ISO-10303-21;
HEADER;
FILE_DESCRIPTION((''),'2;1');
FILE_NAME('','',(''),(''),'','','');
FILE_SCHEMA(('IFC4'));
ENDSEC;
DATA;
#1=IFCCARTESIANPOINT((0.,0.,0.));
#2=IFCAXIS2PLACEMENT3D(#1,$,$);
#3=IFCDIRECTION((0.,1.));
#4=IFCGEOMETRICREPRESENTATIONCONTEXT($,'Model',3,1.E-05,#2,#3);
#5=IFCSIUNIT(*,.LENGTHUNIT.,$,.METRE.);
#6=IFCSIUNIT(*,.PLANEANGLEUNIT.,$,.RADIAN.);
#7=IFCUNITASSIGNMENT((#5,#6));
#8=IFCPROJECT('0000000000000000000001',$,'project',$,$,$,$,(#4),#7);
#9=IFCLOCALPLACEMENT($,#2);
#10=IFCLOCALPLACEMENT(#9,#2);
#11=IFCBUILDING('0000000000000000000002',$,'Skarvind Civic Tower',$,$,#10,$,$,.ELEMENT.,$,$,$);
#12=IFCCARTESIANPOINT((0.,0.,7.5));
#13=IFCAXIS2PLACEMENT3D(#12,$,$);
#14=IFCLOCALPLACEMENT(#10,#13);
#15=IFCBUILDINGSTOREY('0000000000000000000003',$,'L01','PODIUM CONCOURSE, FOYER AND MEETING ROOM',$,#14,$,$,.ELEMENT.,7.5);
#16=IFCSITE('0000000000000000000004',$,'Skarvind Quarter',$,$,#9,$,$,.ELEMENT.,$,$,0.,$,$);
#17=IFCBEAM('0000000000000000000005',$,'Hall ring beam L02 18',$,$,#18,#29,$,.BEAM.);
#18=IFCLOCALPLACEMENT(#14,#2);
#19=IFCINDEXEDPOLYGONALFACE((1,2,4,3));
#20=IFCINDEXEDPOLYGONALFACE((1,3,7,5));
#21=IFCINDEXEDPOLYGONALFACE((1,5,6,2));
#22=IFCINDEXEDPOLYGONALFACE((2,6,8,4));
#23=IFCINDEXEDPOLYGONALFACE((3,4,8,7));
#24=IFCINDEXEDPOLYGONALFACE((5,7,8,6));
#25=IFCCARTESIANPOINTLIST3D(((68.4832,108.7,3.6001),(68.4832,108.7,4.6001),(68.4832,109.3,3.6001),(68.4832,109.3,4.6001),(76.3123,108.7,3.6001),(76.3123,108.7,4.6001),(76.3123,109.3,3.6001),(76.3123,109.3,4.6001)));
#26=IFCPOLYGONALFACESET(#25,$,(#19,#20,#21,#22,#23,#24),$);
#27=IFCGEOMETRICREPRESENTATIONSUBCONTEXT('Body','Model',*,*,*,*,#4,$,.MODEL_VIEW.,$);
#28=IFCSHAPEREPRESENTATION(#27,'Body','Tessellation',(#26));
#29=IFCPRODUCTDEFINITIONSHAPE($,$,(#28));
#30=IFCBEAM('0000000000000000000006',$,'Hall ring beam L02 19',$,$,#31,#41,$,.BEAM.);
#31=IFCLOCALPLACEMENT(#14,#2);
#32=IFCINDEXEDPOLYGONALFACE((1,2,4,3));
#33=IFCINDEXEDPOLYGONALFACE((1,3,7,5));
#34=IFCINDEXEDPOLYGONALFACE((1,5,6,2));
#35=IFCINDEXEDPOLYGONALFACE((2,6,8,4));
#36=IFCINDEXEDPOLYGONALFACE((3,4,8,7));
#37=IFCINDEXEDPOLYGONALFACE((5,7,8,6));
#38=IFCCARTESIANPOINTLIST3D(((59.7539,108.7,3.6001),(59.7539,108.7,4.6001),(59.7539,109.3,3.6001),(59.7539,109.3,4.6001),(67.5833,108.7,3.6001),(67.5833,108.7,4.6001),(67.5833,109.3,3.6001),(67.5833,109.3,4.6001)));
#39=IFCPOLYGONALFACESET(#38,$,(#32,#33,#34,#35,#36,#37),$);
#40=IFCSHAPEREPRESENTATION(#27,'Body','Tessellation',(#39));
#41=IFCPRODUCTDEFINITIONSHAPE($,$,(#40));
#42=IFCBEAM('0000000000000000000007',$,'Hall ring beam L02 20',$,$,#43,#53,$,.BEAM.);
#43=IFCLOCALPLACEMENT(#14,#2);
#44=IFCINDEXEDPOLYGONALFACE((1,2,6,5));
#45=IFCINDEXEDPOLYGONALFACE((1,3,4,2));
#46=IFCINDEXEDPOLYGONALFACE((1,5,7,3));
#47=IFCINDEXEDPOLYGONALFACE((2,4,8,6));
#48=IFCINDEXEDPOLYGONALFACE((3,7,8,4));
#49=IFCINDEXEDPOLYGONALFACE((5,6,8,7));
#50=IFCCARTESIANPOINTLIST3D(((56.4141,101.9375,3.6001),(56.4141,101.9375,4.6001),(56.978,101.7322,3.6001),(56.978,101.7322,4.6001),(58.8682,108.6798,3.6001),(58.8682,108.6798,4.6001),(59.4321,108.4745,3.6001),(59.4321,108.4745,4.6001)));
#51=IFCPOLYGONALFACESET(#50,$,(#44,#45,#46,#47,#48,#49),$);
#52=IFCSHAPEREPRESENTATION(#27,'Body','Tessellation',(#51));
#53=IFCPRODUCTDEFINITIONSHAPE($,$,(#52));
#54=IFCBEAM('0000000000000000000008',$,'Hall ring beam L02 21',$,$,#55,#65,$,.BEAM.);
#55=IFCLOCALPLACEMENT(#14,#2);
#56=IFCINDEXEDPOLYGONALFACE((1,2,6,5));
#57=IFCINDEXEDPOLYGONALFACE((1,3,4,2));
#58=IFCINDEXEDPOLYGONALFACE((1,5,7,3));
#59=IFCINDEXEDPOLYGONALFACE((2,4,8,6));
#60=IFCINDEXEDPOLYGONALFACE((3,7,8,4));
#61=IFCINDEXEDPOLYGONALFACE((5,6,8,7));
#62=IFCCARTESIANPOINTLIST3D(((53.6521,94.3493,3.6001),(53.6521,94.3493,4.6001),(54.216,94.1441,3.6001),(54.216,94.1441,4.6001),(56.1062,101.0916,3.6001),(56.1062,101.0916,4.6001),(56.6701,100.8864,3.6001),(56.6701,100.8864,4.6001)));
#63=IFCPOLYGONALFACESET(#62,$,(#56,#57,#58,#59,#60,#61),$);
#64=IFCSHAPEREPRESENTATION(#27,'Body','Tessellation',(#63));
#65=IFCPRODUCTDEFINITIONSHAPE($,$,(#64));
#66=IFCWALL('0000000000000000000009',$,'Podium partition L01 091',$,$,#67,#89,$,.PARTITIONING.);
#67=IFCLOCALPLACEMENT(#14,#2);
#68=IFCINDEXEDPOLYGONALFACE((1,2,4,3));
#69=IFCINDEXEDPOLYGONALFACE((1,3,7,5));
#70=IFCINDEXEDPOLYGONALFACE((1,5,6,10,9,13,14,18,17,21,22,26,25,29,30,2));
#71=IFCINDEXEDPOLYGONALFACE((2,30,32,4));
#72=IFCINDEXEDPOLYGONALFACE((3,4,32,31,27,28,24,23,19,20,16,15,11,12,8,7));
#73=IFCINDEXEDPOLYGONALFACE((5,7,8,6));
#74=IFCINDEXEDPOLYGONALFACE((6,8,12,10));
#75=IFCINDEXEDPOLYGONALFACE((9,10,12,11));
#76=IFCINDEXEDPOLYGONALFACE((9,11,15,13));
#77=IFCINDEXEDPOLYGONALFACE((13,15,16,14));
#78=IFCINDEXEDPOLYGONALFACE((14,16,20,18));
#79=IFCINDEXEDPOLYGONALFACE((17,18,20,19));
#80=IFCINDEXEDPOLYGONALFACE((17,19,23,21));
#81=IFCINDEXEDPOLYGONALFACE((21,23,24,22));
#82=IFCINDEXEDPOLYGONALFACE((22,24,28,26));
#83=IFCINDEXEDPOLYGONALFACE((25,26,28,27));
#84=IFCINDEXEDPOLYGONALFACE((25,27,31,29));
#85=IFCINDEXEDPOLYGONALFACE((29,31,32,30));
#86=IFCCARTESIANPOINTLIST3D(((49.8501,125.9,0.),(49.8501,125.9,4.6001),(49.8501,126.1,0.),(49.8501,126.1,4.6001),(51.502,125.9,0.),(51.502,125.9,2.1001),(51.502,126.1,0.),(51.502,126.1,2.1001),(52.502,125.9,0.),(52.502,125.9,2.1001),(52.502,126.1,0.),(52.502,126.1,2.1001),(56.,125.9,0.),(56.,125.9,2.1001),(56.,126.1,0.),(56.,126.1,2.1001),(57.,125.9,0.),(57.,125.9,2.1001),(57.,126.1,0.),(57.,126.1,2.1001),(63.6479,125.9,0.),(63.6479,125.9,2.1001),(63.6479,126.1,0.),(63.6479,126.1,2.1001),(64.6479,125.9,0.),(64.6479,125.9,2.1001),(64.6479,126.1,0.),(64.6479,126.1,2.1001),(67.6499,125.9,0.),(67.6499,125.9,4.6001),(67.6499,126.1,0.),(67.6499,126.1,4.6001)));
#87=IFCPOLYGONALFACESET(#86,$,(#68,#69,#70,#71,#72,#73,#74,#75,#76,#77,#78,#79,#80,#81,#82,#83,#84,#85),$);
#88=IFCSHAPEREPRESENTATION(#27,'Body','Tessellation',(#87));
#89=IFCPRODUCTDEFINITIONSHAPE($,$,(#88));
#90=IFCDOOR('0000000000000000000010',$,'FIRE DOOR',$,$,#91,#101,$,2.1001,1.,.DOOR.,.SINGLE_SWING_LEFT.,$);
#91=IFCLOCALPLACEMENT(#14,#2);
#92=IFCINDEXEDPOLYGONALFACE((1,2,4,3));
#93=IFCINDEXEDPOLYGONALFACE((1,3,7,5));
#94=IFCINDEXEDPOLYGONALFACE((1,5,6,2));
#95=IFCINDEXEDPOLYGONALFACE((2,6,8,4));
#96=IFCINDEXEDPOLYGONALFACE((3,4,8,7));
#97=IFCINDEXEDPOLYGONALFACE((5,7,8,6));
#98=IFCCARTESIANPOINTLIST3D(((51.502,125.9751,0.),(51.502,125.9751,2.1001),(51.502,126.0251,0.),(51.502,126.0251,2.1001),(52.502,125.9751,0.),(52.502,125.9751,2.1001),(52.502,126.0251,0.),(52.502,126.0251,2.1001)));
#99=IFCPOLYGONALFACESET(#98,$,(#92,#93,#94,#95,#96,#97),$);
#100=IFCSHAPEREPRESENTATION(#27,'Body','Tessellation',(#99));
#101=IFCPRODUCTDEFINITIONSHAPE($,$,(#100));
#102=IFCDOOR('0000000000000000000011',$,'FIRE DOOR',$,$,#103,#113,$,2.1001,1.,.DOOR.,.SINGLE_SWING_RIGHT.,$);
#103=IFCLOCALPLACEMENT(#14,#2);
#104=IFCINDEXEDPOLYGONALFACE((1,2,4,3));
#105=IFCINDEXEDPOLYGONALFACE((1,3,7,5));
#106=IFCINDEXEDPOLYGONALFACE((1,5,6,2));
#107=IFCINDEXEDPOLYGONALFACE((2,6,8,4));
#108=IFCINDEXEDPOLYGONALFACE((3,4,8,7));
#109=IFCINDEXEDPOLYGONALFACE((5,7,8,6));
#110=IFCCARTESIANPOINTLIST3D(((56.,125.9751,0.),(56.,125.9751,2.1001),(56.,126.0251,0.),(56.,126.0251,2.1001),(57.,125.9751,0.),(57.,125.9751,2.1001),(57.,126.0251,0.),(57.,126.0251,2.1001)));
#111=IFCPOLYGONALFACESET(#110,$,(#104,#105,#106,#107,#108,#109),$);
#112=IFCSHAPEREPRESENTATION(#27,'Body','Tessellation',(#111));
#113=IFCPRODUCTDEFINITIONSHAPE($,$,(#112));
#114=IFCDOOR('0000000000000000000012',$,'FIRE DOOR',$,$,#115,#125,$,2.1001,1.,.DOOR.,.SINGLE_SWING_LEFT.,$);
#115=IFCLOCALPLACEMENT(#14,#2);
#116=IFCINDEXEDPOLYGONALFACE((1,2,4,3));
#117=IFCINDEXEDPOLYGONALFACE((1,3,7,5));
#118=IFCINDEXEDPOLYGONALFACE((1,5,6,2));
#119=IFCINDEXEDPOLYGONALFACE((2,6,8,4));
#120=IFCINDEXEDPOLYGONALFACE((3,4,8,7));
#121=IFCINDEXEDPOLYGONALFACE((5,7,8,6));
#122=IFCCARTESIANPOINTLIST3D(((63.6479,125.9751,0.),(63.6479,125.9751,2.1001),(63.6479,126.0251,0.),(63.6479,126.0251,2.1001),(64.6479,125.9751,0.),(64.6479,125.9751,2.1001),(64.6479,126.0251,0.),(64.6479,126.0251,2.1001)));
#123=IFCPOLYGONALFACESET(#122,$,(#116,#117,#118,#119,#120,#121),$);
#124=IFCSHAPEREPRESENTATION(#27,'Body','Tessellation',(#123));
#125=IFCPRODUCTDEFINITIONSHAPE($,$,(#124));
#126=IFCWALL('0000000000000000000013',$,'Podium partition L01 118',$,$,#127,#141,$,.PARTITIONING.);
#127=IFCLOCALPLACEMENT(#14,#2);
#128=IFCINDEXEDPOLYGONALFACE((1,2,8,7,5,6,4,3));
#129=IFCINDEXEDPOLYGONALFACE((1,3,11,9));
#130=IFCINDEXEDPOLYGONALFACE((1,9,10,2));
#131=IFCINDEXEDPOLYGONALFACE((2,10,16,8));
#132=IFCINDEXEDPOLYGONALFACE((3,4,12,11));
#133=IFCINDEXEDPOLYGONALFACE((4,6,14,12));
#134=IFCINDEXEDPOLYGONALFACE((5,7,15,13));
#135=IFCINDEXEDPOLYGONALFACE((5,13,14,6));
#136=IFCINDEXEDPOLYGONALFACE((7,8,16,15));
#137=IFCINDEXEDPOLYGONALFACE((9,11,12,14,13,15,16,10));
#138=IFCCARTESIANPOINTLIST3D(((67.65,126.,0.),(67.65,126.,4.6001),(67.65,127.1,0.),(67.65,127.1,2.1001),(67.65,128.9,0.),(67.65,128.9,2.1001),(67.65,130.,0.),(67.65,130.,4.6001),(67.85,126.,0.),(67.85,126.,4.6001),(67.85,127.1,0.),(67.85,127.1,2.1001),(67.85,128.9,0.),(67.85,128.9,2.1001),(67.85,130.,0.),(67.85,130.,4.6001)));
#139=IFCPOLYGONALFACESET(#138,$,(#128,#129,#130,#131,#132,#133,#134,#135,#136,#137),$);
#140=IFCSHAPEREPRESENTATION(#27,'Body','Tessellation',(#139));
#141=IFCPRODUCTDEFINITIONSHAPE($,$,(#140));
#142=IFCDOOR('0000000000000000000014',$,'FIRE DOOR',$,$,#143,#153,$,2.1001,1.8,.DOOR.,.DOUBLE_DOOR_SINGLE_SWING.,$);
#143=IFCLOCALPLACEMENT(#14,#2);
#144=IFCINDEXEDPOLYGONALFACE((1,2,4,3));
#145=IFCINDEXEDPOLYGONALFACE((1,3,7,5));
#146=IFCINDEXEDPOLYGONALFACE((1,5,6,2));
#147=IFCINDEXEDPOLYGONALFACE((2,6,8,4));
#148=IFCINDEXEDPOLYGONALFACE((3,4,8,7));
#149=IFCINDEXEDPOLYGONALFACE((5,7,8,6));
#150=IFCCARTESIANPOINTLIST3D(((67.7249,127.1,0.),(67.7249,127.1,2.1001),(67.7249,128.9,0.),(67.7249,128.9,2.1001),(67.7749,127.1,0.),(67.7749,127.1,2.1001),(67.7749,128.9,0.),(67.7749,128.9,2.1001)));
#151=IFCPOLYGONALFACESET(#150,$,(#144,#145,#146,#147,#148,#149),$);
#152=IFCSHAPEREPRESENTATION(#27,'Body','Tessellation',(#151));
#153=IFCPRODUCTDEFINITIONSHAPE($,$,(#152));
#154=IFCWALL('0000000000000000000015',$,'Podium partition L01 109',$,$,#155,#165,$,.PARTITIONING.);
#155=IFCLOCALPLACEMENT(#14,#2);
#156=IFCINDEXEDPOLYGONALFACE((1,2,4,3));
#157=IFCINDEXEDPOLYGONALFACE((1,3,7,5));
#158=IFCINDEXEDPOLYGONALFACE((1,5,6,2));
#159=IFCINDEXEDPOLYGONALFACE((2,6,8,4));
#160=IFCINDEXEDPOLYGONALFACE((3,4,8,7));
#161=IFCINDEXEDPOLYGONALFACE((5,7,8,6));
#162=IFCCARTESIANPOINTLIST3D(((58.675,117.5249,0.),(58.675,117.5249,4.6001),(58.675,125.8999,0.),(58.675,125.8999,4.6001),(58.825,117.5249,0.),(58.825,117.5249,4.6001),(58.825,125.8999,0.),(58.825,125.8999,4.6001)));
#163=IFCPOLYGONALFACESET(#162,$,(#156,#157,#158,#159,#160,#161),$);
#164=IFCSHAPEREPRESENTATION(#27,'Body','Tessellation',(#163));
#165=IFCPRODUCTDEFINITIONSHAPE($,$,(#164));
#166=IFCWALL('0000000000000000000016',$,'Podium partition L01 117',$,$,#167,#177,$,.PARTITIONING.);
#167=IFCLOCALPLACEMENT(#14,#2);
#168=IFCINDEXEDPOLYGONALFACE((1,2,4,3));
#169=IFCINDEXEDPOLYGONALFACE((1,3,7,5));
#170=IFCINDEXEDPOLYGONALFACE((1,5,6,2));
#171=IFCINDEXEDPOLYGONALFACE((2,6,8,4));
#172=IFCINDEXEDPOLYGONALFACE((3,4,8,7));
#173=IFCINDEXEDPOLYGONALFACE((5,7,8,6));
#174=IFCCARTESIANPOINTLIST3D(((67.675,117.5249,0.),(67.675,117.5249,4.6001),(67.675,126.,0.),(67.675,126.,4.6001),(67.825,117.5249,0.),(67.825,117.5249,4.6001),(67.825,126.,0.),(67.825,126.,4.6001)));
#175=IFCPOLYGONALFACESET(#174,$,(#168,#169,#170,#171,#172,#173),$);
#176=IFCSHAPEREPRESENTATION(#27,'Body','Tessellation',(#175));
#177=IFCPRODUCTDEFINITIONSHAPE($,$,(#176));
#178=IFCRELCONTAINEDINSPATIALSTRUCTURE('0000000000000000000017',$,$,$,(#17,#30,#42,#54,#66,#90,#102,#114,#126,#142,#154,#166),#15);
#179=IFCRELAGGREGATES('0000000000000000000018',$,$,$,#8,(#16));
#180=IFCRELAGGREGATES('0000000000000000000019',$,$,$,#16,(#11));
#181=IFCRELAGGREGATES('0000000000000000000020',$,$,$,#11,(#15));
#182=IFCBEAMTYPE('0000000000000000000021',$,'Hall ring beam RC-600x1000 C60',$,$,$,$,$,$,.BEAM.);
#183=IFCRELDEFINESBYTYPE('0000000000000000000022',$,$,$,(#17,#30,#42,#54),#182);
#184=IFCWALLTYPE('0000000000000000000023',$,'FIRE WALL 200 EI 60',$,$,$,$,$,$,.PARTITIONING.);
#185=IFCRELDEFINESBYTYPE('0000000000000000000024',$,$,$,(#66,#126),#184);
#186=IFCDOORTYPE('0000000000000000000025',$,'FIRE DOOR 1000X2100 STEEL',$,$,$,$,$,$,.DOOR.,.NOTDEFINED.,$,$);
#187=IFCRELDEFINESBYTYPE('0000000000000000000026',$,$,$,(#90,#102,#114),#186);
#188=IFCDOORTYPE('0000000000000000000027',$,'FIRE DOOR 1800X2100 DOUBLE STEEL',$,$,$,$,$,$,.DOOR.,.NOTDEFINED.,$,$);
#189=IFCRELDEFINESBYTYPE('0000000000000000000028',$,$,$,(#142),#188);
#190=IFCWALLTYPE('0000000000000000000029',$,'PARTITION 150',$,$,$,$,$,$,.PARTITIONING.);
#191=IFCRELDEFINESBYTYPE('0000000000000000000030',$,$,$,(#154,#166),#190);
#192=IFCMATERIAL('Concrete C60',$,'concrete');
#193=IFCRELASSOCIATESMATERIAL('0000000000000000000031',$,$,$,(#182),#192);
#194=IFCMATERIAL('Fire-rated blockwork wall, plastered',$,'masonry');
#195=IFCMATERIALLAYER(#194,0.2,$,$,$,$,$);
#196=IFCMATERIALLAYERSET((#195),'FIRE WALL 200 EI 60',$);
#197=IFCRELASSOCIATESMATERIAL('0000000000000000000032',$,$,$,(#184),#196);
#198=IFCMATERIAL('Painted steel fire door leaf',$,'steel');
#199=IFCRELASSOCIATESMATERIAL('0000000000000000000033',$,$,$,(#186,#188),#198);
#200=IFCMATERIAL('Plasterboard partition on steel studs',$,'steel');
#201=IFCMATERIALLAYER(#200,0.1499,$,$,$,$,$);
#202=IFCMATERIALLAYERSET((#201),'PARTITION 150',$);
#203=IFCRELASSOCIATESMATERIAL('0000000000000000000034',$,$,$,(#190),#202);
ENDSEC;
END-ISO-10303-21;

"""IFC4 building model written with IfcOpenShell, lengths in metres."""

from ifc_helpers import new_model, si_unit, direction, frame, frame_2d, origin, origin_2d, place, context, subcontext, project, spatial, rectangle, extrude, material, layer, layer_set, material_profile, profile_set, type_object, element, fill, save


model = new_model("IFC4")

# Units and contexts
model_context = context("Model", 3, precision=1e-05, world=origin(), true_north=direction((0.0, 1.0)))
body_context = subcontext(model_context, "Body", "Model", "MODEL_VIEW")
ifc_project = project(units=[si_unit("LENGTHUNIT", "METRE"), si_unit("PLANEANGLEUNIT", "RADIAN")], contexts=[model_context])

# Site, building, storey
site_placement = place(None, origin())
site = spatial("IfcSite", under=ifc_project, at=site_placement, Name="Skarvind Quarter", CompositionType="ELEMENT", RefElevation=0.0)
building_placement = place(site_placement, origin())
building = spatial("IfcBuilding", under=site, at=building_placement, Name="Skarvind Civic Tower", CompositionType="ELEMENT")
storey_placement = place(building_placement, frame((0.0, 0.0, 7.5)))
storey = spatial("IfcBuildingStorey", under=building, at=storey_placement, Name="L01", Description="PODIUM CONCOURSE, FOYER AND MEETING ROOM", CompositionType="ELEMENT", Elevation=7.5)

# Shared definitions
ifc_material_1 = material(Name="Concrete C60", Category="concrete")

# Beams
ifc_material_profile_1 = material_profile(ifc_material_1, rectangle(XDim=0.6001, YDim=1.0, at=origin_2d()), Name="RC-600x1000")
ifc_profile_set_1 = profile_set([ifc_material_profile_1], Name="Concrete C60")
beam_type = type_object("IfcBeamType", Name="Hall ring beam RC-600x1000 C60", PredefinedType="BEAM", material=ifc_profile_set_1)
for number, where, z_axis, x_axis, name in (
    (1, (76.3123, 109.0, 4.1001), (-1.0, 0.0, 0.0), (0.0, -1.0, 0.0), "Hall ring beam L02 18"),
):
    element("IfcBeam", number, at=place(storey_placement, frame(where, z_axis=z_axis, x_axis=x_axis)), inside=storey, type_object=beam_type, Name=name, PredefinedType="BEAM", context=body_context, shape_type="SweptSolid", body=[
        extrude(rectangle(XDim=0.6001, YDim=1.0, at=origin_2d()), origin(), (0.0, 0.0, 1.0), 7.8291),
    ])
beam_placement = place(storey_placement, frame((67.5833, 109.0, 4.1001), z_axis=(-1.0, 0.0, 0.0), x_axis=(0.0, -1.0, 0.0)))
element("IfcBeam", 2, at=beam_placement, inside=storey, type_object=beam_type, Name="Hall ring beam L02 19", PredefinedType="BEAM", context=body_context, shape_type="SweptSolid", body=[
    extrude(rectangle(XDim=0.6001, YDim=1.0, at=origin_2d()), origin(), (0.0, 0.0, 1.0), 7.8293),
])
for number, where, z_axis, x_axis, name in (
    (3, (59.1501, 108.5771, 4.1001), (-0.342027, -0.93969, 0.0), (0.93969, -0.342027, 0.0), "Hall ring beam L02 20"),
    (4, (56.3882, 100.989, 4.1001), (-0.342038, -0.939686, 0.0), (0.939686, -0.342038, 0.0), "Hall ring beam L02 21"),
):
    element("IfcBeam", number, at=place(storey_placement, frame(where, z_axis=z_axis, x_axis=x_axis)), inside=storey, type_object=beam_type, Name=name, PredefinedType="BEAM", context=body_context, shape_type="SweptSolid", body=[
        extrude(rectangle(XDim=0.6001, YDim=1.0, at=origin_2d()), origin(), (0.0, 0.0, 1.0), 7.175),
    ])

# Wall, openings, doors
ifc_material_2 = material(Name="Fire-rated blockwork wall, plastered", Category="masonry")
ifc_layer_1 = layer(ifc_material_2, 0.2)
ifc_layer_set_1 = layer_set([ifc_layer_1], Name="FIRE WALL 200 EI 60")
wall_type_1 = type_object("IfcWallType", Name="FIRE WALL 200 EI 60", PredefinedType="PARTITIONING", material=ifc_layer_set_1)
wall_1_placement = place(storey_placement, frame((67.6499, 126.0, 0.0), z_axis=(0.0, 0.0, 1.0), x_axis=(-1.0, 0.0, 0.0)))
wall_1 = element("IfcWall", 5, at=wall_1_placement, inside=storey, type_object=wall_type_1, Name="Podium partition L01 091", PredefinedType="PARTITIONING", context=body_context, shape_type="SweptSolid", body=[
    extrude(rectangle(XDim=17.7998, YDim=0.2, at=frame_2d((8.8999, 0.0))), origin(), (0.0, 0.0, 1.0), 4.6001),
])
opening_1_placement = place(wall_1_placement, frame((15.1479, 0.0, 0.0)))
opening_1 = element("IfcOpeningElement", 6, at=opening_1_placement, cuts=wall_1, PredefinedType="OPENING", context=body_context, shape_type="SweptSolid", body=[
    extrude(rectangle(XDim=1.0, YDim=2.1001, at=frame_2d((0.5, 1.05))), frame((0.0, 0.1099, 0.0), z_axis=(0.0, -1.0, 0.0), x_axis=(1.0, 0.0, 0.0)), (0.0, 0.0, 1.0), 0.22),
])
opening_2_placement = place(wall_1_placement, frame((10.6499, 0.0, 0.0)))
opening_2 = element("IfcOpeningElement", 7, at=opening_2_placement, cuts=wall_1, PredefinedType="OPENING", context=body_context, shape_type="SweptSolid", body=[
    extrude(rectangle(XDim=1.0, YDim=2.1001, at=frame_2d((0.5, 1.05))), frame((0.0, 0.1099, 0.0), z_axis=(0.0, -1.0, 0.0), x_axis=(1.0, 0.0, 0.0)), (0.0, 0.0, 1.0), 0.22),
])
opening_3_placement = place(wall_1_placement, frame((3.002, 0.0, 0.0)))
opening_3 = element("IfcOpeningElement", 8, at=opening_3_placement, cuts=wall_1, PredefinedType="OPENING", context=body_context, shape_type="SweptSolid", body=[
    extrude(rectangle(XDim=1.0, YDim=2.1001, at=frame_2d((0.5, 1.05))), frame((0.0, 0.1099, 0.0), z_axis=(0.0, -1.0, 0.0), x_axis=(1.0, 0.0, 0.0)), (0.0, 0.0, 1.0), 0.22),
])
ifc_material_3 = material(Name="Painted steel fire door leaf", Category="steel")
door_type_1 = type_object("IfcDoorType", Name="FIRE DOOR 1000X2100 STEEL", OperationType="NOTDEFINED", PredefinedType="DOOR", material=ifc_material_3)
door_1_placement = place(opening_1_placement, origin())
door_1 = element("IfcDoor", 9, at=door_1_placement, inside=storey, type_object=door_type_1, Name="FIRE DOOR", OperationType="SINGLE_SWING_LEFT", OverallHeight=2.1001, OverallWidth=1.0, PredefinedType="DOOR", context=body_context, shape_type="SweptSolid", body=[
    extrude(rectangle(XDim=1.0, YDim=2.1001, at=frame_2d((0.5, 1.05))), frame((0.0, 0.0249, 0.0), z_axis=(0.0, -1.0, 0.0), x_axis=(1.0, 0.0, 0.0)), (0.0, 0.0, 1.0), 0.05),
])
fill(opening_1, door_1)
door_2_placement = place(opening_2_placement, origin())
door_2 = element("IfcDoor", 10, at=door_2_placement, inside=storey, type_object=door_type_1, Name="FIRE DOOR", OperationType="SINGLE_SWING_RIGHT", OverallHeight=2.1001, OverallWidth=1.0, PredefinedType="DOOR", context=body_context, shape_type="SweptSolid", body=[
    extrude(rectangle(XDim=1.0, YDim=2.1001, at=frame_2d((0.5, 1.05))), frame((0.0, 0.0249, 0.0), z_axis=(0.0, -1.0, 0.0), x_axis=(1.0, 0.0, 0.0)), (0.0, 0.0, 1.0), 0.05),
])
fill(opening_2, door_2)
door_3_placement = place(opening_3_placement, origin())
door_3 = element("IfcDoor", 11, at=door_3_placement, inside=storey, type_object=door_type_1, Name="FIRE DOOR", OperationType="SINGLE_SWING_LEFT", OverallHeight=2.1001, OverallWidth=1.0, PredefinedType="DOOR", context=body_context, shape_type="SweptSolid", body=[
    extrude(rectangle(XDim=1.0, YDim=2.1001, at=frame_2d((0.5, 1.05))), frame((0.0, 0.0249, 0.0), z_axis=(0.0, -1.0, 0.0), x_axis=(1.0, 0.0, 0.0)), (0.0, 0.0, 1.0), 0.05),
])
fill(opening_3, door_3)

# Wall, opening, door
wall_2_placement = place(storey_placement, frame((67.75, 130.0, 0.0), z_axis=(0.0, 0.0, 1.0), x_axis=(0.0, -1.0, 0.0)))
wall_2 = element("IfcWall", 12, at=wall_2_placement, inside=storey, type_object=wall_type_1, Name="Podium partition L01 118", PredefinedType="PARTITIONING", context=body_context, shape_type="SweptSolid", body=[
    extrude(rectangle(XDim=4.0, YDim=0.2, at=frame_2d((2.0, 0.0))), origin(), (0.0, 0.0, 1.0), 4.6001),
])
opening_4_placement = place(wall_2_placement, frame((1.1001, 0.0, 0.0)))
opening_4 = element("IfcOpeningElement", 13, at=opening_4_placement, cuts=wall_2, PredefinedType="OPENING", context=body_context, shape_type="SweptSolid", body=[
    extrude(rectangle(XDim=1.8, YDim=2.1001, at=frame_2d((0.8999, 1.05))), frame((0.0, 0.1099, 0.0), z_axis=(0.0, -1.0, 0.0), x_axis=(1.0, 0.0, 0.0)), (0.0, 0.0, 1.0), 0.22),
])
door_type_2 = type_object("IfcDoorType", Name="FIRE DOOR 1800X2100 DOUBLE STEEL", OperationType="NOTDEFINED", PredefinedType="DOOR", material=ifc_material_3)
door_4_placement = place(opening_4_placement, origin())
door_4 = element("IfcDoor", 14, at=door_4_placement, inside=storey, type_object=door_type_2, Name="FIRE DOOR", OperationType="DOUBLE_DOOR_SINGLE_SWING", OverallHeight=2.1001, OverallWidth=1.8, PredefinedType="DOOR", context=body_context, shape_type="SweptSolid", body=[
    extrude(rectangle(XDim=1.8, YDim=2.1001, at=frame_2d((0.8999, 1.05))), frame((0.0, 0.0249, 0.0), z_axis=(0.0, -1.0, 0.0), x_axis=(1.0, 0.0, 0.0)), (0.0, 0.0, 1.0), 0.05),
])
fill(opening_4, door_4)

# Walls
ifc_material_4 = material(Name="Plasterboard partition on steel studs", Category="steel")
ifc_layer_2 = layer(ifc_material_4, 0.1499)
ifc_layer_set_2 = layer_set([ifc_layer_2], Name="PARTITION 150")
wall_type_2 = type_object("IfcWallType", Name="PARTITION 150", PredefinedType="PARTITIONING", material=ifc_layer_set_2)
wall_3_placement = place(storey_placement, frame((58.75, 117.5249, 0.0), z_axis=(0.0, 0.0, 1.0), x_axis=(0.0, 1.0, 0.0)))
element("IfcWall", 15, at=wall_3_placement, inside=storey, type_object=wall_type_2, Name="Podium partition L01 109", PredefinedType="PARTITIONING", context=body_context, shape_type="SweptSolid", body=[
    extrude(rectangle(XDim=8.375, YDim=0.1499, at=frame_2d((4.1875, 0.0))), origin(), (0.0, 0.0, 1.0), 4.6001),
])
wall_4_placement = place(storey_placement, frame((67.75, 117.5249, 0.0), z_axis=(0.0, 0.0, 1.0), x_axis=(0.0, 1.0, 0.0)))
element("IfcWall", 16, at=wall_4_placement, inside=storey, type_object=wall_type_2, Name="Podium partition L01 117", PredefinedType="PARTITIONING", context=body_context, shape_type="SweptSolid", body=[
    extrude(rectangle(XDim=8.4751, YDim=0.1499, at=frame_2d((4.2375, 0.0))), origin(), (0.0, 0.0, 1.0), 4.6001),
])

save(model, "model.ifc")
